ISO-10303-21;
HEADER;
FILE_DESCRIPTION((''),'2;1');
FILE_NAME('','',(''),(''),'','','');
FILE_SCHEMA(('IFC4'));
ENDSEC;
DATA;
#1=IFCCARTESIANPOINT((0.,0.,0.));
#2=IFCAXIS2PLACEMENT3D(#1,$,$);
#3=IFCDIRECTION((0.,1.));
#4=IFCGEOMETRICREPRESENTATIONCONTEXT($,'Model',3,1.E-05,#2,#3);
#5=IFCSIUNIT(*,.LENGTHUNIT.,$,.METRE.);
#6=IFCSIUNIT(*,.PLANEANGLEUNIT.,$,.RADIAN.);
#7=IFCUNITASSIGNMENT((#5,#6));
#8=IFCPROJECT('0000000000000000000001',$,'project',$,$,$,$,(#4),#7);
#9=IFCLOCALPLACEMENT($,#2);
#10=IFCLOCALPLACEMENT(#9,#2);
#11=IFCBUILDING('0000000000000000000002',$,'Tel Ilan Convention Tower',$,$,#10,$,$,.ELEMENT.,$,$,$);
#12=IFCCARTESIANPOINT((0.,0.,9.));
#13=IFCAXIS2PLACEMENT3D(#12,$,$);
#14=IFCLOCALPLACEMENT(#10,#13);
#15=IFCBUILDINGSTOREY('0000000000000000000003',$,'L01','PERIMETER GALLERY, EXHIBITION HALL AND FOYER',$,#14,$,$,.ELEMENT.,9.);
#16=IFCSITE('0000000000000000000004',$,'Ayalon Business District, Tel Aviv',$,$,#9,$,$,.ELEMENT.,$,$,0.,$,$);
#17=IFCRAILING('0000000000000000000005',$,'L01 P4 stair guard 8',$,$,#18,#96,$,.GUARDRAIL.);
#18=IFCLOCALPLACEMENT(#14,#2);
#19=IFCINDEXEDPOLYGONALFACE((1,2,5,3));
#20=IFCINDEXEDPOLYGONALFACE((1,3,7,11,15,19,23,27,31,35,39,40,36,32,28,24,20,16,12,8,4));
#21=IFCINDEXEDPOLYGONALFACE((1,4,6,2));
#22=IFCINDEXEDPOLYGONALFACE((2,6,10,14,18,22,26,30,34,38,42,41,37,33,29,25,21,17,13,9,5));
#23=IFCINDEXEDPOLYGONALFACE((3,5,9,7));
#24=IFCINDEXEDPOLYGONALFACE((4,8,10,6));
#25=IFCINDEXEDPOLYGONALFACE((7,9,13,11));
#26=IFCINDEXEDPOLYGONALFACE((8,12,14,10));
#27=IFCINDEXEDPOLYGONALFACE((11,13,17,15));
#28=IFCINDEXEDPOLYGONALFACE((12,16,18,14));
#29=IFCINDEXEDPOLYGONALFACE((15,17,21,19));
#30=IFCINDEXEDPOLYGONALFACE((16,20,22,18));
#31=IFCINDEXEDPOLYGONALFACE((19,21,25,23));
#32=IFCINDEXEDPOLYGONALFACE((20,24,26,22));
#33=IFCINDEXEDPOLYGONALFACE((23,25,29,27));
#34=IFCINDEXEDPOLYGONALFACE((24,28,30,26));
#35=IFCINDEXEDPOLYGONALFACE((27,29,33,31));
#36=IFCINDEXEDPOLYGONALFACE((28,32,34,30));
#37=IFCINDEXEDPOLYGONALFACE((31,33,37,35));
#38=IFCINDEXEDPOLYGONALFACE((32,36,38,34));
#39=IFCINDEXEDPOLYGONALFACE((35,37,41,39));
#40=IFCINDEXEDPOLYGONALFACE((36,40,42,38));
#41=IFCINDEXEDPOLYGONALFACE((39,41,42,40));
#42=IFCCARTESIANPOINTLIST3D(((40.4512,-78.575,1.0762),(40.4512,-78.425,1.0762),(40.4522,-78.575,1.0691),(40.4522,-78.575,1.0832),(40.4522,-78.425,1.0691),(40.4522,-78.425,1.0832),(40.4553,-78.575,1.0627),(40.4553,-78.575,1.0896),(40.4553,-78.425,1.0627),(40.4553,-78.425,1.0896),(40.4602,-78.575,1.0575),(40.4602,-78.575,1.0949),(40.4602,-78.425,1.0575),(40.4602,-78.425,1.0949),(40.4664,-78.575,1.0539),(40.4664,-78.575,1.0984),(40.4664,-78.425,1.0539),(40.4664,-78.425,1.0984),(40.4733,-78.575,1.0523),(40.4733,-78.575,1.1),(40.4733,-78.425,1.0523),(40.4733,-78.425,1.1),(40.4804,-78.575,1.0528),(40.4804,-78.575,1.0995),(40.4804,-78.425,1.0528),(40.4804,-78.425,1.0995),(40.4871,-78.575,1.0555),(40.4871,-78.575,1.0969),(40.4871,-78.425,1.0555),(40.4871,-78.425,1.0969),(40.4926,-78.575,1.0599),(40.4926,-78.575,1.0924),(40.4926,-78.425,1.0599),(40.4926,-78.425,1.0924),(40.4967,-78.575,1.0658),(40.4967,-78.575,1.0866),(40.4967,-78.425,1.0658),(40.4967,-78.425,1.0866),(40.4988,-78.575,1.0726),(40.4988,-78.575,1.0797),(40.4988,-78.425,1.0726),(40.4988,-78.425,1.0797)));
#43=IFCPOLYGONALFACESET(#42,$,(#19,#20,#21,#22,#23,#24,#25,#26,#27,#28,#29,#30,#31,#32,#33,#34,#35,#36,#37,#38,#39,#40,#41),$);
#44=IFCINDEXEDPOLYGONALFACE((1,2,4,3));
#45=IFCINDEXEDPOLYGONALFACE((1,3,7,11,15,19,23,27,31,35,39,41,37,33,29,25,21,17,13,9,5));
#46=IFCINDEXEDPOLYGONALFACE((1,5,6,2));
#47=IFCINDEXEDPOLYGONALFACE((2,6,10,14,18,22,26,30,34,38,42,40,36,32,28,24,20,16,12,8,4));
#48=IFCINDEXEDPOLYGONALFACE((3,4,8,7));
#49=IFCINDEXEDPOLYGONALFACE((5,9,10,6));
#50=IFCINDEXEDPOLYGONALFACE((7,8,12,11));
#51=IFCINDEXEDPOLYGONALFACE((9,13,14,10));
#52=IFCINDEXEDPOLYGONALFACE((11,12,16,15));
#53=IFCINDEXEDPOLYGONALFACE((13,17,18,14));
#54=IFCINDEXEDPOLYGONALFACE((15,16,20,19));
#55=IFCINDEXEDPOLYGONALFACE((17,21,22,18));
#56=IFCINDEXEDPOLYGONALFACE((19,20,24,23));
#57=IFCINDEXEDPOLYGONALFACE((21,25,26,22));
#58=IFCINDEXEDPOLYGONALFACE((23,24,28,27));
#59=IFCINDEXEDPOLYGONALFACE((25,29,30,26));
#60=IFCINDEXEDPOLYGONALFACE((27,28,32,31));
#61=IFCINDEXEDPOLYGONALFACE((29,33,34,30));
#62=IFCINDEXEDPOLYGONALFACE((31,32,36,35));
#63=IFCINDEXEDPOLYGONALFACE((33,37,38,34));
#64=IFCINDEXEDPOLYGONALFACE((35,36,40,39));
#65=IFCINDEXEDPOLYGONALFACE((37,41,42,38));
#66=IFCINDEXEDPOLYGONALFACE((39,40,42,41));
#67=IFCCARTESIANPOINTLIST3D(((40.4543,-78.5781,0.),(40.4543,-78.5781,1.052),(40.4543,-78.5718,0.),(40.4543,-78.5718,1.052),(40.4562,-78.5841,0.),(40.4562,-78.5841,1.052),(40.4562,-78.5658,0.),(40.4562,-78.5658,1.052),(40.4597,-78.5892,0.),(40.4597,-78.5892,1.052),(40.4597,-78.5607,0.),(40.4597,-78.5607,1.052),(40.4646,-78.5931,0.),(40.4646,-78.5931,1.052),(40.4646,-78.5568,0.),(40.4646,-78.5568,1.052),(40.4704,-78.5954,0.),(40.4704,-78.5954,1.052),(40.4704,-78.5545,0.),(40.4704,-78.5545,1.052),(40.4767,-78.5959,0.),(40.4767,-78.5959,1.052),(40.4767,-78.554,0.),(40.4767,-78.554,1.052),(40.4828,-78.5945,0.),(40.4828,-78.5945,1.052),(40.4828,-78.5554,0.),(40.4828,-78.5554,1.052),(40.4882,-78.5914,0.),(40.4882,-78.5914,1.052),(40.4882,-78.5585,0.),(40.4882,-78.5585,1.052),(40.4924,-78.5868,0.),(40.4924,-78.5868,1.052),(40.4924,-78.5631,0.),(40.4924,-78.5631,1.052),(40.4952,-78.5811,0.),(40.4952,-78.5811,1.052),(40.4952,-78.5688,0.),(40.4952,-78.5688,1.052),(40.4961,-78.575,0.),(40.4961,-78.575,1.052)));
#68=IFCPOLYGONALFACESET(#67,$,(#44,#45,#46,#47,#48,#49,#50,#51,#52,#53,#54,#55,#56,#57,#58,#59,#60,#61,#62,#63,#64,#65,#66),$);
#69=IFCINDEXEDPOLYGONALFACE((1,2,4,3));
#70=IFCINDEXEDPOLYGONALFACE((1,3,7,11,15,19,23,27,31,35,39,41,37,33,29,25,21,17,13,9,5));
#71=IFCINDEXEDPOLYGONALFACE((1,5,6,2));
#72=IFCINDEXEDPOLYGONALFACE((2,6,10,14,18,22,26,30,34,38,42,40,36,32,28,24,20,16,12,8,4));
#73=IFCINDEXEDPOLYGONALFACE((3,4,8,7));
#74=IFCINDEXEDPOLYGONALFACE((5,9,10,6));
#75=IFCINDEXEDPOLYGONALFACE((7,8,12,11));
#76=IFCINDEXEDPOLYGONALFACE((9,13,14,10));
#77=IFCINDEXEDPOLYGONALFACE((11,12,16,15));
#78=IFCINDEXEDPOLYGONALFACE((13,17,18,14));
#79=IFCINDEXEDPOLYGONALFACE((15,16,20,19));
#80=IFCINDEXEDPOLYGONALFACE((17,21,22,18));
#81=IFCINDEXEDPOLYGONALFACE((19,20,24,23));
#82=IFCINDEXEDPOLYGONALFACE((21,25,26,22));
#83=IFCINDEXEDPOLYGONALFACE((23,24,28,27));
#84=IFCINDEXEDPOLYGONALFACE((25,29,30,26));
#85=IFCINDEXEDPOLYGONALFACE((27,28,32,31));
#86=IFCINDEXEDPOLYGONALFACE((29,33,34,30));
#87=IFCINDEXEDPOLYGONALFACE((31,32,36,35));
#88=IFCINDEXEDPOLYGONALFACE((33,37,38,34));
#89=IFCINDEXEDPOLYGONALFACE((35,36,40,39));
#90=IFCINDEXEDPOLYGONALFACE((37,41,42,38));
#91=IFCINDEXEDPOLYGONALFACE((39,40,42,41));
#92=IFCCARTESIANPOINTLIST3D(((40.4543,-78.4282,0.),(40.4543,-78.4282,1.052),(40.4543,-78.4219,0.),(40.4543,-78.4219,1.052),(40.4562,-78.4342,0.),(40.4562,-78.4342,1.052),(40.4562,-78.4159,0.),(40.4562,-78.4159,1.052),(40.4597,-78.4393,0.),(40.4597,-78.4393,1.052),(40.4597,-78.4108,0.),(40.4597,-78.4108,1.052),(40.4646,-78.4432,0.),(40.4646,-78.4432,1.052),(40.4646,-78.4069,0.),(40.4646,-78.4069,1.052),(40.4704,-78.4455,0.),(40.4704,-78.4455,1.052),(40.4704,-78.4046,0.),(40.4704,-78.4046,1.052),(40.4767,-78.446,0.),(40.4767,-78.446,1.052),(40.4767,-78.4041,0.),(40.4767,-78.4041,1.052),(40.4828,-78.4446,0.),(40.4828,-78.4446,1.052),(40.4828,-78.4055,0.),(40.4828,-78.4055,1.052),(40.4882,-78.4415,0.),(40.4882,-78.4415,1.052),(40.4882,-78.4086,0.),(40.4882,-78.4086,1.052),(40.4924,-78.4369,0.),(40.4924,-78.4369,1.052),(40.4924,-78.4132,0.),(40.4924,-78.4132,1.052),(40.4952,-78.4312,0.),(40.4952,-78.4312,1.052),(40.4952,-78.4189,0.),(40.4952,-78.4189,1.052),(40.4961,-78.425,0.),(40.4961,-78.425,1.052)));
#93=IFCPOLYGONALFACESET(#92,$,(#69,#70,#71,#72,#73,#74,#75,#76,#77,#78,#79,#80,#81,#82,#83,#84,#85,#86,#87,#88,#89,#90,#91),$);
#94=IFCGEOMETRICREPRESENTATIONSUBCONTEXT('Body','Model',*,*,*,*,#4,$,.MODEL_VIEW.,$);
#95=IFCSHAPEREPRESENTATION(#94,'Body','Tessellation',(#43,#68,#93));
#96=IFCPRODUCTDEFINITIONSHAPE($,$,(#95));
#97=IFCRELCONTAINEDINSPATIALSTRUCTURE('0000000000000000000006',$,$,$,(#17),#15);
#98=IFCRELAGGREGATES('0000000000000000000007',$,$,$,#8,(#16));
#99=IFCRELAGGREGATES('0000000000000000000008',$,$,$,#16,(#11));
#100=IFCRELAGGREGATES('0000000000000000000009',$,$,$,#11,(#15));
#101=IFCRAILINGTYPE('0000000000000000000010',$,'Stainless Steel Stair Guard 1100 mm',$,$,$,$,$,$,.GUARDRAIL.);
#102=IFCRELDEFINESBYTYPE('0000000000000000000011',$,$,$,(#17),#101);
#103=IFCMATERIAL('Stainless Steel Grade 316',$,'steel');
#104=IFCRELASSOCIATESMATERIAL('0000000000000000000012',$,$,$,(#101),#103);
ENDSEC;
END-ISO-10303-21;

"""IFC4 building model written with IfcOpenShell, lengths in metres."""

from ifc_helpers import new_model, si_unit, direction, frame, origin, origin_2d, place, context, subcontext, project, spatial, circle, extrude, material, type_object, element, save


model = new_model("IFC4")

# Units and contexts
model_context = context("Model", 3, precision=1e-05, world=origin(), true_north=direction((0.0, 1.0)))
body_context = subcontext(model_context, "Body", "Model", "MODEL_VIEW")
ifc_project = project(units=[si_unit("LENGTHUNIT", "METRE"), si_unit("PLANEANGLEUNIT", "RADIAN")], contexts=[model_context])

# Site, building, storey
site_placement = place(None, origin())
site = spatial("IfcSite", under=ifc_project, at=site_placement, Name="Ayalon Business District, Tel Aviv", CompositionType="ELEMENT", RefElevation=0.0)
building_placement = place(site_placement, origin())
building = spatial("IfcBuilding", under=site, at=building_placement, Name="Tel Ilan Convention Tower", CompositionType="ELEMENT")
storey_placement = place(building_placement, frame((0.0, 0.0, 9.0)))
storey = spatial("IfcBuildingStorey", under=building, at=storey_placement, Name="L01", Description="PERIMETER GALLERY, EXHIBITION HALL AND FOYER", CompositionType="ELEMENT", Elevation=9.0)

# Railing
ifc_material_1 = material(Name="Stainless Steel Grade 316", Category="steel")
railing_type_1 = type_object("IfcRailingType", Name="Stainless Steel Stair Guard 1100 mm", PredefinedType="GUARDRAIL", material=ifc_material_1)
railing_1_placement = place(storey_placement, frame((40.4751, -78.575, 0.0)))
element("IfcRailing", 1, at=railing_1_placement, inside=storey, type_object=railing_type_1, Name="L01 P4 stair guard 8", PredefinedType="GUARDRAIL", context=body_context, shape_type="SweptSolid", body=[
    extrude(circle(Radius=0.0239, at=origin_2d()), frame((0.0, 0.0, 1.0762), z_axis=(0.0, 1.0, 0.0), x_axis=(-1.0, 0.0, 0.0)), (0.0, 0.0, 1.0), 0.1499),
    extrude(circle(Radius=0.021, at=origin_2d()), origin(), (0.0, 0.0, 1.0), 1.052),
    extrude(circle(Radius=0.021, at=origin_2d()), frame((0.0, 0.1499, 0.0)), (0.0, 0.0, 1.0), 1.052),
])

save(model, "model.ifc")
